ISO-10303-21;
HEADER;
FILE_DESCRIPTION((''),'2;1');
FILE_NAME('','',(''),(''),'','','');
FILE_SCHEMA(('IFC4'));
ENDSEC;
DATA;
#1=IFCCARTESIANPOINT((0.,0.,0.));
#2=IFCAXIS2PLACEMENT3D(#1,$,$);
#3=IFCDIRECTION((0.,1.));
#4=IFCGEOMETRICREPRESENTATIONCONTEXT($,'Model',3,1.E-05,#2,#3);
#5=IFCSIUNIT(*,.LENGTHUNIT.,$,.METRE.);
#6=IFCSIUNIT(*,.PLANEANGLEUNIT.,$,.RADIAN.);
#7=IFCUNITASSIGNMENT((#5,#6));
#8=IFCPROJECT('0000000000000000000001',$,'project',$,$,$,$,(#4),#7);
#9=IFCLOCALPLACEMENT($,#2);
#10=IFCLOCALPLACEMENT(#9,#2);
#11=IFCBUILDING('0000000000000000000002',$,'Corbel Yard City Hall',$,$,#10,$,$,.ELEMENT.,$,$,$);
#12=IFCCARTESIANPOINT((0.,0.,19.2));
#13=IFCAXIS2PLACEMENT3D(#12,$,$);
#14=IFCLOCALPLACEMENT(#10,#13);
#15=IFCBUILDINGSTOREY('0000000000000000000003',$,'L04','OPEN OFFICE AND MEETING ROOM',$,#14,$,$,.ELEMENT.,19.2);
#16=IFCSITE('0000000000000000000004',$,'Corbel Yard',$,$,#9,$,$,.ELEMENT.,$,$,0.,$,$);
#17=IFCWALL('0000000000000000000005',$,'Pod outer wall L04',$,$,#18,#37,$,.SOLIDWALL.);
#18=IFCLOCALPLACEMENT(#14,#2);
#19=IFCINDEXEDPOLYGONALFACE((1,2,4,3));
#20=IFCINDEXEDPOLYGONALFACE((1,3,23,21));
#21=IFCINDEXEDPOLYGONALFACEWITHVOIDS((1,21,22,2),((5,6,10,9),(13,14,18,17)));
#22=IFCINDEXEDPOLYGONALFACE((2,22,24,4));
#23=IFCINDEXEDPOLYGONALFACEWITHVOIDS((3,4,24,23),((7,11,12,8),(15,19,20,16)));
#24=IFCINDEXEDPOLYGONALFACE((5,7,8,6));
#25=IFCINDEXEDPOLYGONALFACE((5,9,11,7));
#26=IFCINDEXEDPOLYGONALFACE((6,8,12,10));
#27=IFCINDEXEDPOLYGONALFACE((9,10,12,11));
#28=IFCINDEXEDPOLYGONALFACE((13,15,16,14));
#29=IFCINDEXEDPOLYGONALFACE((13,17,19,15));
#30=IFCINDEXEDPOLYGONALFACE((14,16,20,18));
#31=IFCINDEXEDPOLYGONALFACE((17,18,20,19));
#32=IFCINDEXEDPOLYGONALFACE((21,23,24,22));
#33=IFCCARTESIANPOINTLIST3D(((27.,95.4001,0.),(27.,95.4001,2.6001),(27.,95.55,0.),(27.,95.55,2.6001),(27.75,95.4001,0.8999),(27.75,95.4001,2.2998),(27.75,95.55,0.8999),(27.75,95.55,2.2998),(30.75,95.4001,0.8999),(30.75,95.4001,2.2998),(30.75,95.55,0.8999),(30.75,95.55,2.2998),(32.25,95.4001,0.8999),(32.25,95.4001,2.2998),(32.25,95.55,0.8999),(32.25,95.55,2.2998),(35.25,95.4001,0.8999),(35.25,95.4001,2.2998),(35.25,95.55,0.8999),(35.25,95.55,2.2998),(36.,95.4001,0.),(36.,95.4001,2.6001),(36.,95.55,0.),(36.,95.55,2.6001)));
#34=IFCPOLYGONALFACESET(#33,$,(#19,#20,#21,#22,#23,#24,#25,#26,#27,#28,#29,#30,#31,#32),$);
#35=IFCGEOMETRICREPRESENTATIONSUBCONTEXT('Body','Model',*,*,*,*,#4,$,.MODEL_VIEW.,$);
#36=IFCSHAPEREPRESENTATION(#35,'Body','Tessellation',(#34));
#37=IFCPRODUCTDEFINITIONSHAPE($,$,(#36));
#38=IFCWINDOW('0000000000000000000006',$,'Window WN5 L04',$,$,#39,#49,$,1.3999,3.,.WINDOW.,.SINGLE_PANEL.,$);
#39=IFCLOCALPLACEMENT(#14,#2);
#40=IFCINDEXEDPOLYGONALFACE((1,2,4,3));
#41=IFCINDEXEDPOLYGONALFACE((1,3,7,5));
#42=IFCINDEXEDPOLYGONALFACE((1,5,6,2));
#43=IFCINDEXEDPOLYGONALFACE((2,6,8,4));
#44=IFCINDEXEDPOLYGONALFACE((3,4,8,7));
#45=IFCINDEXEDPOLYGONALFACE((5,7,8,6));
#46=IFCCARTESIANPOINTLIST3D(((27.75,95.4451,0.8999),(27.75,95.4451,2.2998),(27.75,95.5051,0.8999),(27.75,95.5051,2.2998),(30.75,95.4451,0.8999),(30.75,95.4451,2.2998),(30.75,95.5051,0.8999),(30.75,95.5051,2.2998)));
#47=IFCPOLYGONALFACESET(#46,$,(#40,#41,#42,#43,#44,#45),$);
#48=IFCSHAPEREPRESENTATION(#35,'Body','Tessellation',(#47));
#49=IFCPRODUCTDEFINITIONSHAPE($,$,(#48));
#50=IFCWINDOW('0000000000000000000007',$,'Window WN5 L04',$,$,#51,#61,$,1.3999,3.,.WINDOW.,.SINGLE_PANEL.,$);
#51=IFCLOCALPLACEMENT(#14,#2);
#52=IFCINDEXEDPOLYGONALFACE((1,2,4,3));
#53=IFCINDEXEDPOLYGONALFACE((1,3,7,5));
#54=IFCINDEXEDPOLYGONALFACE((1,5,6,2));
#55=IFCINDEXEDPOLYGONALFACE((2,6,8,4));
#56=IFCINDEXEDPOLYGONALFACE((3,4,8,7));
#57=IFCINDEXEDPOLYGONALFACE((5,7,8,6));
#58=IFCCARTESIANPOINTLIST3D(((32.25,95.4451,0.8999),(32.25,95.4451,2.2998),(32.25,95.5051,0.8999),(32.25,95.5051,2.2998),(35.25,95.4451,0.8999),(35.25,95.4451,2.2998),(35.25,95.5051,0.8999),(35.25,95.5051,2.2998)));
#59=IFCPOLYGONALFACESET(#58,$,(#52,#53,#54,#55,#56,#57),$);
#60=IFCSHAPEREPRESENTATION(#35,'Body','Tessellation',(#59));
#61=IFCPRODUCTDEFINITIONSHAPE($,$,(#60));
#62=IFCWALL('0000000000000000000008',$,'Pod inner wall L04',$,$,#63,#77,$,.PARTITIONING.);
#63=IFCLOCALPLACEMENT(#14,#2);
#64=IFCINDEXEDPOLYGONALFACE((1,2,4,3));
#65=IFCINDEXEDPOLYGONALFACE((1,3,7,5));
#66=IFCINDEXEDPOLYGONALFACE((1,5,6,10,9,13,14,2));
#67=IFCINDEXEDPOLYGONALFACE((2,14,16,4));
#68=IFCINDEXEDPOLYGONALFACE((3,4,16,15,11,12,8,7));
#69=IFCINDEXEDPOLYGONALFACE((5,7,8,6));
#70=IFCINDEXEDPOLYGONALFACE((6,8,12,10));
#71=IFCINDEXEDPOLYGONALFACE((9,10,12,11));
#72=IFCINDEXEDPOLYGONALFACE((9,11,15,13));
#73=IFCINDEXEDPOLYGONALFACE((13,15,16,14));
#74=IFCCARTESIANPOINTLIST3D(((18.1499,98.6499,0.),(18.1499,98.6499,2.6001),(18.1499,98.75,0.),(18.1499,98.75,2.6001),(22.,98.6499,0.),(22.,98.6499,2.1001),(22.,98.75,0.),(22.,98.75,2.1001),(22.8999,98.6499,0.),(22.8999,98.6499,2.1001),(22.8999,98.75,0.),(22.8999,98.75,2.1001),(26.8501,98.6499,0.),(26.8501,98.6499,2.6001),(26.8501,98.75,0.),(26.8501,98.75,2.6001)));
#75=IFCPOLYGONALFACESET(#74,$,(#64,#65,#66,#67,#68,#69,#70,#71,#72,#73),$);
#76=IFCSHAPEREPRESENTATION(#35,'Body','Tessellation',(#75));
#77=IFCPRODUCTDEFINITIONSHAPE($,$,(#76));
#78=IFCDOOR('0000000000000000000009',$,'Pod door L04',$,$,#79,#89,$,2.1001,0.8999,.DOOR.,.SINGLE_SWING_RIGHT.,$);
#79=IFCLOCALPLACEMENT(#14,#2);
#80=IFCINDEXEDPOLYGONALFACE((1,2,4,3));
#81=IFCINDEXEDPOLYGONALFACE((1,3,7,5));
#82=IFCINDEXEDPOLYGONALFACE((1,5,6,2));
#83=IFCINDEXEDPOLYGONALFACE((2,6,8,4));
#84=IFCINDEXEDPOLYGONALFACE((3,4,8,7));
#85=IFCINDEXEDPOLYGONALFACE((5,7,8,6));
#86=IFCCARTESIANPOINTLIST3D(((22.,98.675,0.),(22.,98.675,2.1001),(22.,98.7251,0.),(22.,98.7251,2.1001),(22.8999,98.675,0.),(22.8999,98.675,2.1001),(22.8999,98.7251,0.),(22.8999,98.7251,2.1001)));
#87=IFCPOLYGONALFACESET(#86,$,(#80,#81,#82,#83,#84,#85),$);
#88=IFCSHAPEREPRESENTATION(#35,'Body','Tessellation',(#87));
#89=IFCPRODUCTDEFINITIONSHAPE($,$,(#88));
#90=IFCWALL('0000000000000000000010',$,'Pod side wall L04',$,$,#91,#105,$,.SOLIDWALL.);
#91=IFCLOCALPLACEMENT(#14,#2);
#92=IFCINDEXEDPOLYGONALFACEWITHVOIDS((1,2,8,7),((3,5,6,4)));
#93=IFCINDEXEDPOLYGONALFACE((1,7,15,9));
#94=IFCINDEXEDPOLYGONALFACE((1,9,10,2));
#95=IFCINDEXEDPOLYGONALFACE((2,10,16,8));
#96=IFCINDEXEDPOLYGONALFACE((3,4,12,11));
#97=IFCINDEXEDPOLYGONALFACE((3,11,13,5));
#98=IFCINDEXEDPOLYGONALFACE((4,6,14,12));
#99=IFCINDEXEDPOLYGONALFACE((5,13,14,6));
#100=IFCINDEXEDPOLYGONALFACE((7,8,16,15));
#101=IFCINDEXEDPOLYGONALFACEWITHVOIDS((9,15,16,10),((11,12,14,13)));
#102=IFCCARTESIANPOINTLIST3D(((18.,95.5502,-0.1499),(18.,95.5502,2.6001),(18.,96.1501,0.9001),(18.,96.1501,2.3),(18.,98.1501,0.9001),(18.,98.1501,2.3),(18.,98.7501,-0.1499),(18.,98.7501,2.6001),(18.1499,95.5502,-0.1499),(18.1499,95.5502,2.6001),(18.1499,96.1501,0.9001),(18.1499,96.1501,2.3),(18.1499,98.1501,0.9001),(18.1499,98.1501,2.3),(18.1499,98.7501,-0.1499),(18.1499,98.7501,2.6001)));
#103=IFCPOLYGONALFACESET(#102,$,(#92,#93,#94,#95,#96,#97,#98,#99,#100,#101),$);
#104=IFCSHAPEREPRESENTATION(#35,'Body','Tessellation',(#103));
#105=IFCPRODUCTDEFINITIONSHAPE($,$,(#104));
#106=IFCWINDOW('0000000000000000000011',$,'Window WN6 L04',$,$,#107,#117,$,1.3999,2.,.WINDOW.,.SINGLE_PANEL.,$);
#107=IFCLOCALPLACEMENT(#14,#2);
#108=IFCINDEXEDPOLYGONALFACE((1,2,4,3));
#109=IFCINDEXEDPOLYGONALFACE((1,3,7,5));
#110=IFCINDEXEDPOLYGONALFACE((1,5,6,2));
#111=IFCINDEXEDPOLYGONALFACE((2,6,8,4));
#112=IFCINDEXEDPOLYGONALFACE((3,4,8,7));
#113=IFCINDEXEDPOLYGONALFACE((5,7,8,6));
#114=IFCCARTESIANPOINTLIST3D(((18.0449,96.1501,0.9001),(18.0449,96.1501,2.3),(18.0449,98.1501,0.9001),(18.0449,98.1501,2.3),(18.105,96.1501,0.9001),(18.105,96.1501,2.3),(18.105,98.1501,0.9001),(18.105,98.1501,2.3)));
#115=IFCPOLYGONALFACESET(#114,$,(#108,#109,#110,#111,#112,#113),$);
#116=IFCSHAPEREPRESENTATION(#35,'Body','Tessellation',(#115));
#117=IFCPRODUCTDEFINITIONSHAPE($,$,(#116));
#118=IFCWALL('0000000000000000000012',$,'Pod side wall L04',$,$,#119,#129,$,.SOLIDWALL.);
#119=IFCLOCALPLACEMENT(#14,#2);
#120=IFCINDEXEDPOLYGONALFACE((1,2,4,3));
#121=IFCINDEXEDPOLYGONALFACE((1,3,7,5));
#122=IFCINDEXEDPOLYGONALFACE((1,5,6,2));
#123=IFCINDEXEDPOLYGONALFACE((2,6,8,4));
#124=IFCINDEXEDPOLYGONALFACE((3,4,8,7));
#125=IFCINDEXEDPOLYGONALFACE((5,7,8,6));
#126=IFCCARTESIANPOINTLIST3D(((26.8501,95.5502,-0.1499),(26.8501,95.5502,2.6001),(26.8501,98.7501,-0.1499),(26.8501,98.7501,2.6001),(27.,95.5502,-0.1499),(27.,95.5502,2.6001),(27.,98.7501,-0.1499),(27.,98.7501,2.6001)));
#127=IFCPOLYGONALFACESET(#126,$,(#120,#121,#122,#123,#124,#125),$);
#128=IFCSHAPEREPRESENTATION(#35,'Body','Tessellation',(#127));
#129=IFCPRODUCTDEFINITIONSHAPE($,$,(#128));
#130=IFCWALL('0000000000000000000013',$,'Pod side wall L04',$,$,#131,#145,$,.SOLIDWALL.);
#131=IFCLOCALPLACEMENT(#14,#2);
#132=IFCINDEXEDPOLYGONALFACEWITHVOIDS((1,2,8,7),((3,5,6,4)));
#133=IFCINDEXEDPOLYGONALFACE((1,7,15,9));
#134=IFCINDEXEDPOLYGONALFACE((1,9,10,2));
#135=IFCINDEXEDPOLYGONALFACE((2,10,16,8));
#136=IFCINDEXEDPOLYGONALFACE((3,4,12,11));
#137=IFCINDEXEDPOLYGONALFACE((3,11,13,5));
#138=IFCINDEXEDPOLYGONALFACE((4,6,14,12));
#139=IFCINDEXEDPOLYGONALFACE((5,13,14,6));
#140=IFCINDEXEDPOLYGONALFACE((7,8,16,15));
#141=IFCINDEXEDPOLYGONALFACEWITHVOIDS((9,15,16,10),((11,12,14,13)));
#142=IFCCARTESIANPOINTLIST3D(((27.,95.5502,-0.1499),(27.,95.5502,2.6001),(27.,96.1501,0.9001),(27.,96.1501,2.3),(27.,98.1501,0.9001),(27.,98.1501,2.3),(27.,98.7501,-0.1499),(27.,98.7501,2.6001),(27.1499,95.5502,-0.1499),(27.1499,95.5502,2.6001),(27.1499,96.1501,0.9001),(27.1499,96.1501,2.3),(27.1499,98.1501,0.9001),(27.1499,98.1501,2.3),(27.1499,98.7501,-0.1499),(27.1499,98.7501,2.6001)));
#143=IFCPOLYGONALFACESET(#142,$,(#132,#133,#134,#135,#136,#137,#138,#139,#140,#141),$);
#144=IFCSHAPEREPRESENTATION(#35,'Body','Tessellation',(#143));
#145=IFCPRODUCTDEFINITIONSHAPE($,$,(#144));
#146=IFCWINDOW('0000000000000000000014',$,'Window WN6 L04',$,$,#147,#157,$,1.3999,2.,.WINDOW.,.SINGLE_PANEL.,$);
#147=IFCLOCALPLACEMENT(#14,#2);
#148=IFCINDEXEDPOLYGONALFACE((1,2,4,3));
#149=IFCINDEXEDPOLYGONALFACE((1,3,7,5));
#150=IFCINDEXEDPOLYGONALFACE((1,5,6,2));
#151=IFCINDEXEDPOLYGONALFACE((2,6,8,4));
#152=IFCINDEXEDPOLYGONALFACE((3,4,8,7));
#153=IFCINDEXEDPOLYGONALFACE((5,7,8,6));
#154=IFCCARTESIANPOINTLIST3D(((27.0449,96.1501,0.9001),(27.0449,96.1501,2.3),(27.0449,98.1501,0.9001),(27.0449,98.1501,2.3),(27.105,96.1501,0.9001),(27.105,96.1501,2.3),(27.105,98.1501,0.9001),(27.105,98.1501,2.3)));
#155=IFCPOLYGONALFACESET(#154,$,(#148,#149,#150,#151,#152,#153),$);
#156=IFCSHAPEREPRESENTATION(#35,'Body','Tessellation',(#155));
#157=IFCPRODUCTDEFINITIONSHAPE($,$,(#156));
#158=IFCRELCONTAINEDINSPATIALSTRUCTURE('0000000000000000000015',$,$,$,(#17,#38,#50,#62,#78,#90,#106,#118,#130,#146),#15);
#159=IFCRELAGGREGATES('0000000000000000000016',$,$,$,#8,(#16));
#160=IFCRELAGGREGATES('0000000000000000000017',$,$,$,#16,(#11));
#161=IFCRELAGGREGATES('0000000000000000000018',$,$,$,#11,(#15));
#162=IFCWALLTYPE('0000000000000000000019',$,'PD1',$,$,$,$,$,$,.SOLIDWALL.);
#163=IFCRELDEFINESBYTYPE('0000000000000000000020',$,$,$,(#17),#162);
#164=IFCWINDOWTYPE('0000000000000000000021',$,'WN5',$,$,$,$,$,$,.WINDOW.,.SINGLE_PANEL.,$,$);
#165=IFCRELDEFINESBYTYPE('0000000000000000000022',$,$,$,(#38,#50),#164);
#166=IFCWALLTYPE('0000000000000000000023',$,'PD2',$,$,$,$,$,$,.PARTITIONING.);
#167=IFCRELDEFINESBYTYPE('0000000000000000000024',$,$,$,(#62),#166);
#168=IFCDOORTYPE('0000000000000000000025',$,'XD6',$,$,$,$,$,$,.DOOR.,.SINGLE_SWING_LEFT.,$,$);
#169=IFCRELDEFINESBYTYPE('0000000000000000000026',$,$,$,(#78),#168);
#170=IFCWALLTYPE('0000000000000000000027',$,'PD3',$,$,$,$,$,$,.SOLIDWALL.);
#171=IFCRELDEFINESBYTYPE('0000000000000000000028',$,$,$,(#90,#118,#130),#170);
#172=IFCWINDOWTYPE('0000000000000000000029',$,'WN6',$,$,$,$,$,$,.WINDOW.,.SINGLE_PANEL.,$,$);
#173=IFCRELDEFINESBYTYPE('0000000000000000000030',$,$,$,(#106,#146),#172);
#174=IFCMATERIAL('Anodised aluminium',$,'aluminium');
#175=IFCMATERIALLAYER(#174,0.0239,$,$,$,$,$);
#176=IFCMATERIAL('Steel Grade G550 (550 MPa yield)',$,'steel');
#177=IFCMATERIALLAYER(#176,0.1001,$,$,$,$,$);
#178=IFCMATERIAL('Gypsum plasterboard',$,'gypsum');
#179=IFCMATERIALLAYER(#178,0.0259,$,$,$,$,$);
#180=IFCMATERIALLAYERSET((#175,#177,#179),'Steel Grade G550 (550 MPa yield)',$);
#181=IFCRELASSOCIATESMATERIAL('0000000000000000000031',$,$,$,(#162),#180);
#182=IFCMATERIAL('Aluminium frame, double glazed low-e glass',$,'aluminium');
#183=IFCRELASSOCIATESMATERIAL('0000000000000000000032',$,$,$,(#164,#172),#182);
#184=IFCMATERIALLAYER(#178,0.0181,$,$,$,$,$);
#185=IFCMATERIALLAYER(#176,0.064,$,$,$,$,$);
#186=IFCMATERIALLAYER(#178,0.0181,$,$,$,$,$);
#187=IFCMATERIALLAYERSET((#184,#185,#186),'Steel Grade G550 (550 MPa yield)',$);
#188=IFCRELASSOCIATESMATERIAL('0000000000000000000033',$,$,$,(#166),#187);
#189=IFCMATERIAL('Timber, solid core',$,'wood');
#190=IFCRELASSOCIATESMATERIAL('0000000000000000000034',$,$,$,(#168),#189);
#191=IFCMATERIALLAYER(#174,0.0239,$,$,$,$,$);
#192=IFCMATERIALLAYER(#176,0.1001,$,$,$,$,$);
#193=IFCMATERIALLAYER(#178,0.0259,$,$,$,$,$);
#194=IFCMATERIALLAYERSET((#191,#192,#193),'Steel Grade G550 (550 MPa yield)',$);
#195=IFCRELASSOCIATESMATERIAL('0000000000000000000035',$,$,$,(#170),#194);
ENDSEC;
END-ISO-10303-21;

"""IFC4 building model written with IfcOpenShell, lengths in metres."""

from ifc_helpers import new_model, si_unit, direction, frame, frame_2d, origin, place, context, subcontext, project, spatial, rectangle, extrude, material, layer, layer_set, type_object, element, fill, save


model = new_model("IFC4")

# Units and contexts
model_context = context("Model", 3, precision=1e-05, world=origin(), true_north=direction((0.0, 1.0)))
body_context = subcontext(model_context, "Body", "Model", "MODEL_VIEW")
ifc_project = project(units=[si_unit("LENGTHUNIT", "METRE"), si_unit("PLANEANGLEUNIT", "RADIAN")], contexts=[model_context])

# Site, building, storey
site_placement = place(None, origin())
site = spatial("IfcSite", under=ifc_project, at=site_placement, Name="Corbel Yard", CompositionType="ELEMENT", RefElevation=0.0)
building_placement = place(site_placement, origin())
building = spatial("IfcBuilding", under=site, at=building_placement, Name="Corbel Yard City Hall", CompositionType="ELEMENT")
storey_placement = place(building_placement, frame((0.0, 0.0, 19.2)))
storey = spatial("IfcBuildingStorey", under=building, at=storey_placement, Name="L04", Description="OPEN OFFICE AND MEETING ROOM", CompositionType="ELEMENT", Elevation=19.2)

# Wall, openings, windows
ifc_material_1 = material(Name="Anodised aluminium", Category="aluminium")
ifc_layer_1 = layer(ifc_material_1, 0.0239)
ifc_material_2 = material(Name="Steel Grade G550 (550 MPa yield)", Category="steel")
ifc_layer_2 = layer(ifc_material_2, 0.1001)
ifc_material_3 = material(Name="Gypsum plasterboard", Category="gypsum")
ifc_layer_3 = layer(ifc_material_3, 0.0259)
ifc_layer_set_1 = layer_set([ifc_layer_1, ifc_layer_2, ifc_layer_3], Name="Steel Grade G550 (550 MPa yield)")
wall_type_1 = type_object("IfcWallType", Name="PD1", PredefinedType="SOLIDWALL", material=ifc_layer_set_1)
ifc_material_4 = material(Name="Aluminium frame, double glazed low-e glass", Category="aluminium")
window_type_1 = type_object("IfcWindowType", Name="WN5", PartitioningType="SINGLE_PANEL", PredefinedType="WINDOW", material=ifc_material_4)
wall_1_placement = place(storey_placement, frame((27.0, 95.4751, 0.0), z_axis=(0.0, 0.0, 1.0), x_axis=(1.0, 0.0, 0.0)))
wall_1 = element("IfcWall", 1, at=wall_1_placement, inside=storey, type_object=wall_type_1, Name="Pod outer wall L04", PredefinedType="SOLIDWALL", context=body_context, shape_type="SweptSolid", body=[
    extrude(rectangle(XDim=9.0, YDim=0.1499, at=frame_2d((4.5, 0.0))), origin(), (0.0, 0.0, 1.0), 2.6001),
])
opening_1_placement = place(wall_1_placement, frame((0.75, 0.0, 0.8999)))
opening_1 = element("IfcOpeningElement", 2, at=opening_1_placement, cuts=wall_1, PredefinedType="OPENING", context=body_context, shape_type="SweptSolid", body=[
    extrude(rectangle(XDim=3.0, YDim=1.3999, at=frame_2d((1.5, 0.7))), frame((0.0, 0.085, 0.0), z_axis=(0.0, -1.0, 0.0), x_axis=(1.0, 0.0, 0.0)), (0.0, 0.0, 1.0), 0.1699),
])
opening_2_placement = place(wall_1_placement, frame((5.25, 0.0, 0.8999)))
opening_2 = element("IfcOpeningElement", 3, at=opening_2_placement, cuts=wall_1, PredefinedType="OPENING", context=body_context, shape_type="SweptSolid", body=[
    extrude(rectangle(XDim=3.0, YDim=1.3999, at=frame_2d((1.5, 0.7))), frame((0.0, 0.085, 0.0), z_axis=(0.0, -1.0, 0.0), x_axis=(1.0, 0.0, 0.0)), (0.0, 0.0, 1.0), 0.1699),
])
window_1_placement = place(opening_1_placement, origin())
window_1 = element("IfcWindow", 4, at=window_1_placement, inside=storey, type_object=window_type_1, Name="Window WN5 L04", OverallHeight=1.3999, OverallWidth=3.0, PartitioningType="SINGLE_PANEL", PredefinedType="WINDOW", context=body_context, shape_type="SweptSolid", body=[
    extrude(rectangle(XDim=3.0, YDim=1.3999, at=frame_2d((1.5, 0.7))), frame((0.0, 0.03, 0.0), z_axis=(0.0, -1.0, 0.0), x_axis=(1.0, 0.0, 0.0)), (0.0, 0.0, 1.0), 0.0601),
])
fill(opening_1, window_1)
window_2_placement = place(opening_2_placement, origin())
window_2 = element("IfcWindow", 5, at=window_2_placement, inside=storey, type_object=window_type_1, Name="Window WN5 L04", OverallHeight=1.3999, OverallWidth=3.0, PartitioningType="SINGLE_PANEL", PredefinedType="WINDOW", context=body_context, shape_type="SweptSolid", body=[
    extrude(rectangle(XDim=3.0, YDim=1.3999, at=frame_2d((1.5, 0.7))), frame((0.0, 0.03, 0.0), z_axis=(0.0, -1.0, 0.0), x_axis=(1.0, 0.0, 0.0)), (0.0, 0.0, 1.0), 0.0601),
])
fill(opening_2, window_2)

# Wall, opening, door
ifc_layer_4 = layer(ifc_material_3, 0.0181)
ifc_layer_5 = layer(ifc_material_2, 0.064)
ifc_layer_6 = layer(ifc_material_3, 0.0181)
ifc_layer_set_2 = layer_set([ifc_layer_4, ifc_layer_5, ifc_layer_6], Name="Steel Grade G550 (550 MPa yield)")
wall_type_2 = type_object("IfcWallType", Name="PD2", PredefinedType="PARTITIONING", material=ifc_layer_set_2)
wall_2_placement = place(storey_placement, frame((18.1499, 98.7, 0.0), z_axis=(0.0, 0.0, 1.0), x_axis=(1.0, 0.0, 0.0)))
wall_2 = element("IfcWall", 6, at=wall_2_placement, inside=storey, type_object=wall_type_2, Name="Pod inner wall L04", PredefinedType="PARTITIONING", context=body_context, shape_type="SweptSolid", body=[
    extrude(rectangle(XDim=8.7002, YDim=0.1001, at=frame_2d((4.3501, 0.0))), origin(), (0.0, 0.0, 1.0), 2.6001),
])
opening_3_placement = place(wall_2_placement, frame((3.8501, 0.0, 0.0)))
opening_3 = element("IfcOpeningElement", 7, at=opening_3_placement, cuts=wall_2, PredefinedType="OPENING", context=body_context, shape_type="SweptSolid", body=[
    extrude(rectangle(XDim=0.8999, YDim=2.1001, at=frame_2d((0.45, 1.05))), frame((0.0, 0.0601, 0.0), z_axis=(0.0, -1.0, 0.0), x_axis=(1.0, 0.0, 0.0)), (0.0, 0.0, 1.0), 0.1201),
])
ifc_material_5 = material(Name="Timber, solid core", Category="wood")
door_type = type_object("IfcDoorType", Name="XD6", OperationType="SINGLE_SWING_LEFT", PredefinedType="DOOR", material=ifc_material_5)
door_placement = place(opening_3_placement, frame((0.8999, 0.0, 0.0), z_axis=(0.0, 0.0, 1.0), x_axis=(-1.0, 0.0, 0.0)))
door = element("IfcDoor", 8, at=door_placement, inside=storey, type_object=door_type, Name="Pod door L04", OperationType="SINGLE_SWING_RIGHT", OverallHeight=2.1001, OverallWidth=0.8999, PredefinedType="DOOR", context=body_context, shape_type="SweptSolid", body=[
    extrude(rectangle(XDim=0.8999, YDim=2.1001, at=frame_2d((0.45, 1.05))), frame((0.0, 0.0249, 0.0), z_axis=(0.0, -1.0, 0.0), x_axis=(1.0, 0.0, 0.0)), (0.0, 0.0, 1.0), 0.05),
])
fill(opening_3, door)

# Wall, opening, window
ifc_layer_7 = layer(ifc_material_1, 0.0239)
ifc_layer_8 = layer(ifc_material_2, 0.1001)
ifc_layer_9 = layer(ifc_material_3, 0.0259)
ifc_layer_set_3 = layer_set([ifc_layer_7, ifc_layer_8, ifc_layer_9], Name="Steel Grade G550 (550 MPa yield)")
wall_type_3 = type_object("IfcWallType", Name="PD3", PredefinedType="SOLIDWALL", material=ifc_layer_set_3)
wall_3_placement = place(storey_placement, frame((18.075, 95.55, -0.1499), z_axis=(0.0, 0.0, 1.0), x_axis=(0.0, 1.0, 0.0)))
wall_3 = element("IfcWall", 9, at=wall_3_placement, inside=storey, type_object=wall_type_3, Name="Pod side wall L04", PredefinedType="SOLIDWALL", context=body_context, shape_type="SweptSolid", body=[
    extrude(rectangle(XDim=3.2, YDim=0.1499, at=frame_2d((1.6001, 0.0))), origin(), (0.0, 0.0, 1.0), 2.75),
])
opening_4_placement = place(wall_3_placement, frame((0.6001, 0.0, 1.05)))
opening_4 = element("IfcOpeningElement", 10, at=opening_4_placement, cuts=wall_3, PredefinedType="OPENING", context=body_context, shape_type="SweptSolid", body=[
    extrude(rectangle(XDim=2.0, YDim=1.3999, at=frame_2d((1.0, 0.7))), frame((0.0, 0.085, 0.0), z_axis=(0.0, -1.0, 0.0), x_axis=(1.0, 0.0, 0.0)), (0.0, 0.0, 1.0), 0.1699),
])
window_type_2 = type_object("IfcWindowType", Name="WN6", PartitioningType="SINGLE_PANEL", PredefinedType="WINDOW", material=ifc_material_4)
window_3_placement = place(opening_4_placement, origin())
window_3 = element("IfcWindow", 11, at=window_3_placement, inside=storey, type_object=window_type_2, Name="Window WN6 L04", OverallHeight=1.3999, OverallWidth=2.0, PartitioningType="SINGLE_PANEL", PredefinedType="WINDOW", context=body_context, shape_type="SweptSolid", body=[
    extrude(rectangle(XDim=2.0, YDim=1.3999, at=frame_2d((1.0, 0.7))), frame((0.0, 0.03, 0.0), z_axis=(0.0, -1.0, 0.0), x_axis=(1.0, 0.0, 0.0)), (0.0, 0.0, 1.0), 0.0601),
])
fill(opening_4, window_3)

# Wall
wall_4_placement = place(storey_placement, frame((26.925, 95.55, -0.1499), z_axis=(0.0, 0.0, 1.0), x_axis=(0.0, 1.0, 0.0)))
element("IfcWall", 12, at=wall_4_placement, inside=storey, type_object=wall_type_3, Name="Pod side wall L04", PredefinedType="SOLIDWALL", context=body_context, shape_type="SweptSolid", body=[
    extrude(rectangle(XDim=3.2, YDim=0.1499, at=frame_2d((1.6001, 0.0))), origin(), (0.0, 0.0, 1.0), 2.75),
])

# Wall, opening, window
wall_5_placement = place(storey_placement, frame((27.075, 95.55, -0.1499), z_axis=(0.0, 0.0, 1.0), x_axis=(0.0, 1.0, 0.0)))
wall_5 = element("IfcWall", 13, at=wall_5_placement, inside=storey, type_object=wall_type_3, Name="Pod side wall L04", PredefinedType="SOLIDWALL", context=body_context, shape_type="SweptSolid", body=[
    extrude(rectangle(XDim=3.2, YDim=0.1499, at=frame_2d((1.6001, 0.0))), origin(), (0.0, 0.0, 1.0), 2.75),
])
opening_5_placement = place(wall_5_placement, frame((0.6001, 0.0, 1.05)))
opening_5 = element("IfcOpeningElement", 14, at=opening_5_placement, cuts=wall_5, PredefinedType="OPENING", context=body_context, shape_type="SweptSolid", body=[
    extrude(rectangle(XDim=2.0, YDim=1.3999, at=frame_2d((1.0, 0.7))), frame((0.0, 0.085, 0.0), z_axis=(0.0, -1.0, 0.0), x_axis=(1.0, 0.0, 0.0)), (0.0, 0.0, 1.0), 0.1699),
])
window_4_placement = place(opening_5_placement, origin())
window_4 = element("IfcWindow", 15, at=window_4_placement, inside=storey, type_object=window_type_2, Name="Window WN6 L04", OverallHeight=1.3999, OverallWidth=2.0, PartitioningType="SINGLE_PANEL", PredefinedType="WINDOW", context=body_context, shape_type="SweptSolid", body=[
    extrude(rectangle(XDim=2.0, YDim=1.3999, at=frame_2d((1.0, 0.7))), frame((0.0, 0.03, 0.0), z_axis=(0.0, -1.0, 0.0), x_axis=(1.0, 0.0, 0.0)), (0.0, 0.0, 1.0), 0.0601),
])
fill(opening_5, window_4)

save(model, "model.ifc")
